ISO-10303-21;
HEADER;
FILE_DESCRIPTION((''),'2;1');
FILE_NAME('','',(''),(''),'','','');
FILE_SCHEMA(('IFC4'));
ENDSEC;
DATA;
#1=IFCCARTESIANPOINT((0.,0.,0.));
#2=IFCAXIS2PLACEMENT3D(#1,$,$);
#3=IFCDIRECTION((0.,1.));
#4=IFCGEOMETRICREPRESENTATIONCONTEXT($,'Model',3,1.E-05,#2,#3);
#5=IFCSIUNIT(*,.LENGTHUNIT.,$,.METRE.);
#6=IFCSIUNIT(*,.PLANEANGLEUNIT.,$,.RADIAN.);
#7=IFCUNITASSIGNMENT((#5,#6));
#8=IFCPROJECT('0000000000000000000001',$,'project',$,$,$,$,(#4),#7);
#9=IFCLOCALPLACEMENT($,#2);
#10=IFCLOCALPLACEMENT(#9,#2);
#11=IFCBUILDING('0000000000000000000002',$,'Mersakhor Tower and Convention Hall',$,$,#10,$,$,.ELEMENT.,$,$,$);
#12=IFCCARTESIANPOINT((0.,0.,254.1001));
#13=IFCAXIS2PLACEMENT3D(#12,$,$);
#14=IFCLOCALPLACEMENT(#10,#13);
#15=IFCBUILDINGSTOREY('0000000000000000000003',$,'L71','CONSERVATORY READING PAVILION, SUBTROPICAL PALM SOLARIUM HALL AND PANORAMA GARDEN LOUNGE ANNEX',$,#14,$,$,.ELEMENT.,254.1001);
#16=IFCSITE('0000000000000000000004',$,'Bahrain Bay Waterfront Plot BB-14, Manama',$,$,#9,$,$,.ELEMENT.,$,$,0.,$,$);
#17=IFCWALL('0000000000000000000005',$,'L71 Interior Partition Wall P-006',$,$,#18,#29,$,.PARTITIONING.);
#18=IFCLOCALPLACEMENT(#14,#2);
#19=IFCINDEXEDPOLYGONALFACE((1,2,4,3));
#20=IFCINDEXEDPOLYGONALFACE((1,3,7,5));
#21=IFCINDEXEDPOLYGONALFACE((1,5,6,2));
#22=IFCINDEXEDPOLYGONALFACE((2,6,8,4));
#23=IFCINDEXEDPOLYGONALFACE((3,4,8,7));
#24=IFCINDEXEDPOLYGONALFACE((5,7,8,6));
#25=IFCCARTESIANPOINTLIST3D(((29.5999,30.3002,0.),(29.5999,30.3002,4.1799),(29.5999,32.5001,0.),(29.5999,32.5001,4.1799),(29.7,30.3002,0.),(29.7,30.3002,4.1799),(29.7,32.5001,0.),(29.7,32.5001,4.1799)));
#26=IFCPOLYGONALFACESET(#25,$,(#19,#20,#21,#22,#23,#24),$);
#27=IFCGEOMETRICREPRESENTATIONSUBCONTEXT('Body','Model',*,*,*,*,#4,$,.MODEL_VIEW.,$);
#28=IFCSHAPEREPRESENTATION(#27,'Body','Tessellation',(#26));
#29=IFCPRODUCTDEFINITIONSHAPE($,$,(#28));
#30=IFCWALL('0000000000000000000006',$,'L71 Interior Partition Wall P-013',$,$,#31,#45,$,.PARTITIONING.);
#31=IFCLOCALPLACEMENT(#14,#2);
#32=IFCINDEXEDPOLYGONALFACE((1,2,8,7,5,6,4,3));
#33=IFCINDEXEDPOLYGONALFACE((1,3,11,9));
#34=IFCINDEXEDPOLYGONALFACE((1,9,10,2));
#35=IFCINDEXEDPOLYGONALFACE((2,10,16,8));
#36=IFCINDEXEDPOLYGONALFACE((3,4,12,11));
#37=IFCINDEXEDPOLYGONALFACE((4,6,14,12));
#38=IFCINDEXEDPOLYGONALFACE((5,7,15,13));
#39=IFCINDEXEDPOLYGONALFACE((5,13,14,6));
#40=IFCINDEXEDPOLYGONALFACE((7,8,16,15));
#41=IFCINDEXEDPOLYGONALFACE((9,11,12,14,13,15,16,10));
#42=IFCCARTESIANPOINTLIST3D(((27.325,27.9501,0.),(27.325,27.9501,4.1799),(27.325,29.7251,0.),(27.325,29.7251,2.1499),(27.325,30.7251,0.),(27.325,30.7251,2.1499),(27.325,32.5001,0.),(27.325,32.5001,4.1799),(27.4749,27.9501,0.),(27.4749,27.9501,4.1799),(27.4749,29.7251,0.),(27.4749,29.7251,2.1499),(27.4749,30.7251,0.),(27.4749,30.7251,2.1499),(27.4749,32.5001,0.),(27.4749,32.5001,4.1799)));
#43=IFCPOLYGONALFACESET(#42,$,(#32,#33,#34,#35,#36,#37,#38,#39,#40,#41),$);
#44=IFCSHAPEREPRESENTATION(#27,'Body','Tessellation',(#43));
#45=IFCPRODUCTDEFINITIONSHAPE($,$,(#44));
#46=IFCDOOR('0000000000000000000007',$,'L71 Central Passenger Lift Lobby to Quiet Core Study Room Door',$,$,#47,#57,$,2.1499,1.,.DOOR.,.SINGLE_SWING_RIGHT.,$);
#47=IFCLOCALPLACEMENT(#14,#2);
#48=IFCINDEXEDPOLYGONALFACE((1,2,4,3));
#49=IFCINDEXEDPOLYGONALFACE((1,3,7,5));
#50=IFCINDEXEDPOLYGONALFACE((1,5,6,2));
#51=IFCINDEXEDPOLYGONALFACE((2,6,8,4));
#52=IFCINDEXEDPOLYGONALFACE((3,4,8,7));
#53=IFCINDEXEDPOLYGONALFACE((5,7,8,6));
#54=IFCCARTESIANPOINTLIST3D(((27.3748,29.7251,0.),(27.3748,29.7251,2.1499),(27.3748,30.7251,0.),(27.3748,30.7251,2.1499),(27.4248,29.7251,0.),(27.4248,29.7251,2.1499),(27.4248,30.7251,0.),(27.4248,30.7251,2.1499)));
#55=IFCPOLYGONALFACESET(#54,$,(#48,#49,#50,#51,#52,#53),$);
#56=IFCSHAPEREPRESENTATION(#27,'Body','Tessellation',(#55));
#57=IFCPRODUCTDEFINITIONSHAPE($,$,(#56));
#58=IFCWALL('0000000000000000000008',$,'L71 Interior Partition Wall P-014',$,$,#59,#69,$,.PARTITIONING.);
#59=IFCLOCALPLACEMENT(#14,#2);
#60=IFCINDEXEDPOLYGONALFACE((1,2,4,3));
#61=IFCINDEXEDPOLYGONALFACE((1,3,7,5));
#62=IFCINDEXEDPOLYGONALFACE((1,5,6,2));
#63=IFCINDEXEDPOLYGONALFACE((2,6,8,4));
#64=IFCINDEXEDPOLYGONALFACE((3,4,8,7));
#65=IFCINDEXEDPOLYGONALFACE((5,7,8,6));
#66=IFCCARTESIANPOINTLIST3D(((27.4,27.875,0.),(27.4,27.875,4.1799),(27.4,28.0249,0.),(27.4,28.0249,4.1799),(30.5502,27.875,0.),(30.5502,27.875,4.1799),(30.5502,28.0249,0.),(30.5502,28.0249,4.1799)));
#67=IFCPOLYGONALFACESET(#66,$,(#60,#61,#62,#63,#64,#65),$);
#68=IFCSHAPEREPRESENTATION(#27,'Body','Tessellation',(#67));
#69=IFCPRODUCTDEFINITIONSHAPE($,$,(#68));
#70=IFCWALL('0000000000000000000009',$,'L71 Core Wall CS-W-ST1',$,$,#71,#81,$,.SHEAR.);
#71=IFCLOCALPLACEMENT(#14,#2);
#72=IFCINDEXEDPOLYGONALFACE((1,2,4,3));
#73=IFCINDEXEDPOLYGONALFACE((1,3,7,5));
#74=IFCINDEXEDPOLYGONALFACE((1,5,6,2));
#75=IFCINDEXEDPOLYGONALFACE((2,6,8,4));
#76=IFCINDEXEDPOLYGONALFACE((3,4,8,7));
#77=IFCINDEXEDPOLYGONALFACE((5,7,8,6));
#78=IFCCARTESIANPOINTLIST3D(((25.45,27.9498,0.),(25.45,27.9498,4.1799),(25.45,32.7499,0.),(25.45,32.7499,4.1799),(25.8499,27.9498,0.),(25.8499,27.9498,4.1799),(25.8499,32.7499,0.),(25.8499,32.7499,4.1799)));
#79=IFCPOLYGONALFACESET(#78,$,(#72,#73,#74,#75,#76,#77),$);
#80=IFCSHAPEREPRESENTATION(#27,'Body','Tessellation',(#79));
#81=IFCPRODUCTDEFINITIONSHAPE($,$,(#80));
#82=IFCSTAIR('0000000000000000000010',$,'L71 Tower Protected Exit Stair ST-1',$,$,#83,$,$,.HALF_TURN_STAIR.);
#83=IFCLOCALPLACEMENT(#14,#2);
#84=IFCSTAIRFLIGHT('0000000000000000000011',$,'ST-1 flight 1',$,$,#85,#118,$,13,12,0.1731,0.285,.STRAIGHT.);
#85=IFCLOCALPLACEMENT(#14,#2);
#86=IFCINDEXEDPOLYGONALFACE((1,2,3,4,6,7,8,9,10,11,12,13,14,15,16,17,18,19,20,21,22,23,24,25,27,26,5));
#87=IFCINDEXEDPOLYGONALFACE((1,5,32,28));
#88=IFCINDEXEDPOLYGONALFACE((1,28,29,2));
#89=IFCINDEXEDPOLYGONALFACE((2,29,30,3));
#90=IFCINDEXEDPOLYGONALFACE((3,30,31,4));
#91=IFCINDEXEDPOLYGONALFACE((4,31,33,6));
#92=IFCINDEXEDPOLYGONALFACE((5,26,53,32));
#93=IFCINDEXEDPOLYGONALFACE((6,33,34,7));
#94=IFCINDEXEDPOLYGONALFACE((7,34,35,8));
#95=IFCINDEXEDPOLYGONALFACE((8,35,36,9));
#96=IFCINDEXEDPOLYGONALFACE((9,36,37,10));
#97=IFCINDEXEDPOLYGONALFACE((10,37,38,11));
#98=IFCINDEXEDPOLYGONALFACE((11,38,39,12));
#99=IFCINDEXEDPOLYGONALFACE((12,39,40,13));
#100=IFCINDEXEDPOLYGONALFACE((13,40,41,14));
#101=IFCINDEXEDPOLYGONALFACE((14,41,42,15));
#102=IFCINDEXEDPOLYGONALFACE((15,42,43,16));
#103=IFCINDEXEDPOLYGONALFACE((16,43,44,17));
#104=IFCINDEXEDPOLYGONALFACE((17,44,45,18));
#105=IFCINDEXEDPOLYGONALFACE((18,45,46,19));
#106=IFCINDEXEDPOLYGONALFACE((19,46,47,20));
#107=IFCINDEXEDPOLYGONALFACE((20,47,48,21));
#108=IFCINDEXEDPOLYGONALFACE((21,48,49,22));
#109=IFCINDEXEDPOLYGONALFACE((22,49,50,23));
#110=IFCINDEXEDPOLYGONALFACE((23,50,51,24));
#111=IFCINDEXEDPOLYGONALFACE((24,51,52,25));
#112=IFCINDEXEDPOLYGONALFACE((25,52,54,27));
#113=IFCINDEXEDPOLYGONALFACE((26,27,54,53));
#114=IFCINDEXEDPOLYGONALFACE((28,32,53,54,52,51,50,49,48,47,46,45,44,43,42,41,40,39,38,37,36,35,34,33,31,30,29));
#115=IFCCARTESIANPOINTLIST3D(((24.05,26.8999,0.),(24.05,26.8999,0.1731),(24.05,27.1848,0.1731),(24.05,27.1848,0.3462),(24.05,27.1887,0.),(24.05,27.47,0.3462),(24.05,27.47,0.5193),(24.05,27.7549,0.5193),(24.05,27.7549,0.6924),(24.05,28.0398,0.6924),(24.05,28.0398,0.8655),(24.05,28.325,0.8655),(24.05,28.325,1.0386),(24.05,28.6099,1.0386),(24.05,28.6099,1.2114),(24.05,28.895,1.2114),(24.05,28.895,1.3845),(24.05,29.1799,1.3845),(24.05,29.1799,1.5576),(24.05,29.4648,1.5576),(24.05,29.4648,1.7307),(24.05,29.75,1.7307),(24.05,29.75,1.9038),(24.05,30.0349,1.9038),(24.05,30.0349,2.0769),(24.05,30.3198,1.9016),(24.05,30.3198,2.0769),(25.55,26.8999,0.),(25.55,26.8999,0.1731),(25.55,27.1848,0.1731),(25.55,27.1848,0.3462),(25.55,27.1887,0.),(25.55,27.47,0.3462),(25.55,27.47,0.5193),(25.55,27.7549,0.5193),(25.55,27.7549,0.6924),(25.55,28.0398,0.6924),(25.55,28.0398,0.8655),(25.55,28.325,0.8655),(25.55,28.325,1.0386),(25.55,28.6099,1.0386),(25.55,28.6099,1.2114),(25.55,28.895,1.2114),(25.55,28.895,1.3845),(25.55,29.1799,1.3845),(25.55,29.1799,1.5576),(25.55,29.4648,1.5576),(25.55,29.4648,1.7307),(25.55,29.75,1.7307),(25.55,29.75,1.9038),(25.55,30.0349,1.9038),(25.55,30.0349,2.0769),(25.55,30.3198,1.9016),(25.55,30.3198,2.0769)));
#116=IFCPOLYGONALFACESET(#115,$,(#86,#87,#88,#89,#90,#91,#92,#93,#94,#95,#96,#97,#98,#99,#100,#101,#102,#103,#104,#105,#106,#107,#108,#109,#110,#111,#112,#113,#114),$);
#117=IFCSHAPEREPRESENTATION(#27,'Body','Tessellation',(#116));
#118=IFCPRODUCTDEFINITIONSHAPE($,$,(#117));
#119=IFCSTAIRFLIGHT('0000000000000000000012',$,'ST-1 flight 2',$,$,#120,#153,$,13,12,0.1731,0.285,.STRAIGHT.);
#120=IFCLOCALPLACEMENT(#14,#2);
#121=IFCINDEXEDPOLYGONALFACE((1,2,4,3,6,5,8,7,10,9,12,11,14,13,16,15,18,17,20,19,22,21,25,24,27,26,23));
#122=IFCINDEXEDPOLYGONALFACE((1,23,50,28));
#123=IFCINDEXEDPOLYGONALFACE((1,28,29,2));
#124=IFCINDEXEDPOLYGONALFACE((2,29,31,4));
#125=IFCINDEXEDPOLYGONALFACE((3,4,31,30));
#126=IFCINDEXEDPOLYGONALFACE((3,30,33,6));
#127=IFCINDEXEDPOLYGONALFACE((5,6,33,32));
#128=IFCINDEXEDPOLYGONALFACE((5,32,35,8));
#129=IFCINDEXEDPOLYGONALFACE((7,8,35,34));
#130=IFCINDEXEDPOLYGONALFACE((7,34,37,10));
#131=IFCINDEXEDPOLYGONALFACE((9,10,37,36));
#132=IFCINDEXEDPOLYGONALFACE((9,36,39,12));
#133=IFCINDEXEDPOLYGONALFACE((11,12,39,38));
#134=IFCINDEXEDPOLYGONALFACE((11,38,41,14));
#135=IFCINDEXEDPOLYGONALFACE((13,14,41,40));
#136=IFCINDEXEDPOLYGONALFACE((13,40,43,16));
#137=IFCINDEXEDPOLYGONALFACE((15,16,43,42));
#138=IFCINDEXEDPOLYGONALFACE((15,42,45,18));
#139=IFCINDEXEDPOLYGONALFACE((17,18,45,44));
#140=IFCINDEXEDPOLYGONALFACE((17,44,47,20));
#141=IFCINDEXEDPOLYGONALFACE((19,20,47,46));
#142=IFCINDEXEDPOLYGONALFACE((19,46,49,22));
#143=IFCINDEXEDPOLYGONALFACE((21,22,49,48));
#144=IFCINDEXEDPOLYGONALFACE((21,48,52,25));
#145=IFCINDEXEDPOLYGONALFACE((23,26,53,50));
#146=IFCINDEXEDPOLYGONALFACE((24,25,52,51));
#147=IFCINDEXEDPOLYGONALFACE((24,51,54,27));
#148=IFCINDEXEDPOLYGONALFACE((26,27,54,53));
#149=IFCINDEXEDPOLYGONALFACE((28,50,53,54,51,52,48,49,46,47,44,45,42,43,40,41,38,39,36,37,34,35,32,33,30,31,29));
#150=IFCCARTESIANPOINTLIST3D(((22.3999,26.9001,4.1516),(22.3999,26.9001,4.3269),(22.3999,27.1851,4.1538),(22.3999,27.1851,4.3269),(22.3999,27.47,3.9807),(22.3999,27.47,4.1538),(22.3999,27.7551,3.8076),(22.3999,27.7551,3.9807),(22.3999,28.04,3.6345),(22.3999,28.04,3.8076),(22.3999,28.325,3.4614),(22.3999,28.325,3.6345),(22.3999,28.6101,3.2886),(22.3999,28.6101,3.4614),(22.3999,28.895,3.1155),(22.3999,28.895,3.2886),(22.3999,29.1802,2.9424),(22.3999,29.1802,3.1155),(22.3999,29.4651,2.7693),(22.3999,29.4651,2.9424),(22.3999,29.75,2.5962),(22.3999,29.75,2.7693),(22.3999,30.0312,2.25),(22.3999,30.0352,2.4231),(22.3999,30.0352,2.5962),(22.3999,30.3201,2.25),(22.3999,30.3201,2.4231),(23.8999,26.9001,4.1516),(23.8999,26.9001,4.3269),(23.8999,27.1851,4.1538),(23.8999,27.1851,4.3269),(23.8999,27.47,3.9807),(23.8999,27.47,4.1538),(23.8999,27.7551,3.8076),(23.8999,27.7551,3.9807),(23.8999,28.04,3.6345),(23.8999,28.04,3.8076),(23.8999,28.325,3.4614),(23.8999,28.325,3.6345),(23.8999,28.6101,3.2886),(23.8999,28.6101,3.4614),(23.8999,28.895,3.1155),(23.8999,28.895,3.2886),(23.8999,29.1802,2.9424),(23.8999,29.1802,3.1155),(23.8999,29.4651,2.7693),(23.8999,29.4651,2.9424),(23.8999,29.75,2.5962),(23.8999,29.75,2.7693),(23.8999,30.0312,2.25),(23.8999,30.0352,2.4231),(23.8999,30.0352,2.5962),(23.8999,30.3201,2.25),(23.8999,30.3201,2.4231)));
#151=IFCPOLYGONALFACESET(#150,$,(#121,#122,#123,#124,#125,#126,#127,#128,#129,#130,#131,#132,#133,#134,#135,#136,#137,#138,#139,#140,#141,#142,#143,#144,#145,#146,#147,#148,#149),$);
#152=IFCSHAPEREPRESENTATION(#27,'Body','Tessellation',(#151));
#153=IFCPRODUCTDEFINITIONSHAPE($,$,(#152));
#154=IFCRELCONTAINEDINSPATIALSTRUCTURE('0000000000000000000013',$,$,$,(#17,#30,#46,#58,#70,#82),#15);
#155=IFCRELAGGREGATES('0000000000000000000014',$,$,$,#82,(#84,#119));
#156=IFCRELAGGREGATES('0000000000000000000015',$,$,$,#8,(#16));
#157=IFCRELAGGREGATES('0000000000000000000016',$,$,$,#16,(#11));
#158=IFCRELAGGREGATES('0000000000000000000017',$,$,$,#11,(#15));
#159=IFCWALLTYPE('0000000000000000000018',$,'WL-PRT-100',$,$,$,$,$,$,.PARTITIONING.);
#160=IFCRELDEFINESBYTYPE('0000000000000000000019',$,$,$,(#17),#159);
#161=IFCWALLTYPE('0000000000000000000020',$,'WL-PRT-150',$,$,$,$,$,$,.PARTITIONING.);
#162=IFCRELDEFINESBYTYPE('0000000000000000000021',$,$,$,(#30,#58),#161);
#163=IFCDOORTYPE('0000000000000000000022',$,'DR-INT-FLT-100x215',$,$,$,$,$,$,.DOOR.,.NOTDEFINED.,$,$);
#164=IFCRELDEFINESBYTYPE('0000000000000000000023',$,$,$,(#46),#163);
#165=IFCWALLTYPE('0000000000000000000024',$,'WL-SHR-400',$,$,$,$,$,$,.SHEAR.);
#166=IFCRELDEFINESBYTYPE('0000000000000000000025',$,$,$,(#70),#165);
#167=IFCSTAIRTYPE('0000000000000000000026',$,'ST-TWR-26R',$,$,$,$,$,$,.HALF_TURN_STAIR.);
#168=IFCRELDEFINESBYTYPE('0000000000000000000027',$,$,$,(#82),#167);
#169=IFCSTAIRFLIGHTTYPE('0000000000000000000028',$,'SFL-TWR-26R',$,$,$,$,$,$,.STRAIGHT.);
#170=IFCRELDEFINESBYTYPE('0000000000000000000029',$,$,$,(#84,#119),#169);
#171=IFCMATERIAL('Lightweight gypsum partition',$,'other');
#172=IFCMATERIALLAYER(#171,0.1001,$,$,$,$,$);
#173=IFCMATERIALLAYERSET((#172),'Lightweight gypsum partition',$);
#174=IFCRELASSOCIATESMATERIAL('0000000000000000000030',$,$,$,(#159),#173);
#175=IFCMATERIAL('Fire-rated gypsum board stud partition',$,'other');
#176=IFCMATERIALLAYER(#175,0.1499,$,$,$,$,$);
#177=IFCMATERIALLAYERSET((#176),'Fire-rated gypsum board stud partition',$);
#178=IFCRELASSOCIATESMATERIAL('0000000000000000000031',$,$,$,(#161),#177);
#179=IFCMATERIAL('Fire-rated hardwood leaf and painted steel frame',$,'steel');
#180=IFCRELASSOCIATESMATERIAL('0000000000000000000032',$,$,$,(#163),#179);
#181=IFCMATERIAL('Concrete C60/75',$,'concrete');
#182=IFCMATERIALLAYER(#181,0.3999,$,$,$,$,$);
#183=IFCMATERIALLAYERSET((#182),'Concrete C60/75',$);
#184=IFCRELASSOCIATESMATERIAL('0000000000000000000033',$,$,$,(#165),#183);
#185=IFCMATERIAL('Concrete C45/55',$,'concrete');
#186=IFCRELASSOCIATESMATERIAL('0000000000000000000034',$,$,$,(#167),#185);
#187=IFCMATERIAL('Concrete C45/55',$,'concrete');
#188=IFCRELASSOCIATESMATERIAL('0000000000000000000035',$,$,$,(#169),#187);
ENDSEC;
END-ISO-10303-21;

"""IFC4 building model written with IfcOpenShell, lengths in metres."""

from ifc_helpers import new_model, si_unit, direction, frame, frame_2d, origin, place, context, subcontext, project, spatial, polyline, rectangle, outline, extrude, material, layer, layer_set, type_object, element, fill, aggregate, save


model = new_model("IFC4")

# Units and contexts
model_context = context("Model", 3, precision=1e-05, world=origin(), true_north=direction((0.0, 1.0)))
body_context = subcontext(model_context, "Body", "Model", "MODEL_VIEW")
ifc_project = project(units=[si_unit("LENGTHUNIT", "METRE"), si_unit("PLANEANGLEUNIT", "RADIAN")], contexts=[model_context])

# Site, building, storey
site_placement = place(None, origin())
site = spatial("IfcSite", under=ifc_project, at=site_placement, Name="Bahrain Bay Waterfront Plot BB-14, Manama", CompositionType="ELEMENT", RefElevation=0.0)
building_placement = place(site_placement, origin())
building = spatial("IfcBuilding", under=site, at=building_placement, Name="Mersakhor Tower and Convention Hall", CompositionType="ELEMENT")
storey_placement = place(building_placement, frame((0.0, 0.0, 254.1001)))
storey = spatial("IfcBuildingStorey", under=building, at=storey_placement, Name="L71", Description="CONSERVATORY READING PAVILION, SUBTROPICAL PALM SOLARIUM HALL AND PANORAMA GARDEN LOUNGE ANNEX", CompositionType="ELEMENT", Elevation=254.1001)

# Wall
ifc_material_1 = material(Name="Lightweight gypsum partition", Category="other")
ifc_layer_1 = layer(ifc_material_1, 0.1001)
ifc_layer_set_1 = layer_set([ifc_layer_1], Name="Lightweight gypsum partition")
wall_type_1 = type_object("IfcWallType", Name="WL-PRT-100", PredefinedType="PARTITIONING", material=ifc_layer_set_1)
wall_1_placement = place(storey_placement, frame((29.6499, 30.3, 0.0), z_axis=(0.0, 0.0, 1.0), x_axis=(0.0, 1.0, 0.0)))
element("IfcWall", 1, at=wall_1_placement, inside=storey, type_object=wall_type_1, Name="L71 Interior Partition Wall P-006", PredefinedType="PARTITIONING", context=body_context, shape_type="SweptSolid", body=[
    extrude(rectangle(XDim=2.2, YDim=0.1001, at=frame_2d((1.1001, 0.0))), origin(), (0.0, 0.0, 1.0), 4.1799),
])

# Wall, opening, door
ifc_material_2 = material(Name="Fire-rated gypsum board stud partition", Category="other")
ifc_layer_2 = layer(ifc_material_2, 0.1499)
ifc_layer_set_2 = layer_set([ifc_layer_2], Name="Fire-rated gypsum board stud partition")
wall_type_2 = type_object("IfcWallType", Name="WL-PRT-150", PredefinedType="PARTITIONING", material=ifc_layer_set_2)
wall_2_placement = place(storey_placement, frame((27.3999, 32.5, 0.0), z_axis=(0.0, 0.0, 1.0), x_axis=(0.0, -1.0, 0.0)))
wall_2 = element("IfcWall", 2, at=wall_2_placement, inside=storey, type_object=wall_type_2, Name="L71 Interior Partition Wall P-013", PredefinedType="PARTITIONING", context=body_context, shape_type="SweptSolid", body=[
    extrude(rectangle(XDim=4.55, YDim=0.1499, at=frame_2d((2.2749, 0.0))), origin(), (0.0, 0.0, 1.0), 4.1799),
])
opening_1_placement = place(wall_2_placement, frame((1.7749, 0.0, 0.0)))
opening_1 = element("IfcOpeningElement", 3, at=opening_1_placement, cuts=wall_2, PredefinedType="OPENING", context=body_context, shape_type="SweptSolid", body=[
    extrude(rectangle(XDim=1.0, YDim=2.1499, at=frame_2d((0.5, 1.075))), frame((0.0, 0.085, 0.0), z_axis=(0.0, -1.0, 0.0), x_axis=(1.0, 0.0, 0.0)), (0.0, 0.0, 1.0), 0.1699),
])
ifc_material_3 = material(Name="Fire-rated hardwood leaf and painted steel frame", Category="steel")
door_type_1 = type_object("IfcDoorType", Name="DR-INT-FLT-100x215", OperationType="NOTDEFINED", PredefinedType="DOOR", material=ifc_material_3)
door_1_placement = place(opening_1_placement, origin())
door_1 = element("IfcDoor", 4, at=door_1_placement, inside=storey, type_object=door_type_1, Name="L71 Central Passenger Lift Lobby to Quiet Core Study Room Door", OperationType="SINGLE_SWING_RIGHT", OverallHeight=2.1499, OverallWidth=1.0, PredefinedType="DOOR", context=body_context, shape_type="SweptSolid", body=[
    extrude(rectangle(XDim=1.0, YDim=2.1499, at=frame_2d((0.5, 1.075))), frame((0.0, 0.0249, 0.0), z_axis=(0.0, -1.0, 0.0), x_axis=(1.0, 0.0, 0.0)), (0.0, 0.0, 1.0), 0.05),
])
fill(opening_1, door_1)

# Wall
wall_3_placement = place(storey_placement, frame((27.3999, 27.95, 0.0), z_axis=(0.0, 0.0, 1.0), x_axis=(1.0, 0.0, 0.0)))
element("IfcWall", 5, at=wall_3_placement, inside=storey, type_object=wall_type_2, Name="L71 Interior Partition Wall P-014", PredefinedType="PARTITIONING", context=body_context, shape_type="SweptSolid", body=[
    extrude(rectangle(XDim=3.1501, YDim=0.1499, at=frame_2d((1.5752, 0.0))), origin(), (0.0, 0.0, 1.0), 4.1799),
])

# Shared definitions
ifc_material_4 = material(Name="Concrete C60/75", Category="concrete")
ifc_layer_3 = layer(ifc_material_4, 0.3999)
ifc_layer_set_3 = layer_set([ifc_layer_3], Name="Concrete C60/75")
wall_type_3 = type_object("IfcWallType", Name="WL-SHR-400", PredefinedType="SHEAR", material=ifc_layer_set_3)

# Wall
wall_4_placement = place(storey_placement, frame((25.6499, 27.95, 0.0), z_axis=(0.0, 0.0, 1.0), x_axis=(0.0, 1.0, 0.0)))
element("IfcWall", 6, at=wall_4_placement, inside=storey, type_object=wall_type_3, Name="L71 Core Wall CS-W-ST1", PredefinedType="SHEAR", context=body_context, shape_type="SweptSolid", body=[
    extrude(rectangle(XDim=4.8, YDim=0.3999, at=frame_2d((2.3999, 0.0))), origin(), (0.0, 0.0, 1.0), 4.1799),
])

# Stair, stair flights
ifc_material_5 = material(Name="Concrete C45/55", Category="concrete")
stair_type = type_object("IfcStairType", Name="ST-TWR-26R", PredefinedType="HALF_TURN_STAIR", material=ifc_material_5)
stair_placement = place(storey_placement, origin())
stair = element("IfcStair", 7, at=stair_placement, inside=storey, type_object=stair_type, Name="L71 Tower Protected Exit Stair ST-1", PredefinedType="HALF_TURN_STAIR")
ifc_material_6 = material(Name="Concrete C45/55", Category="concrete")
stair_flight_type = type_object("IfcStairFlightType", Name="SFL-TWR-26R", PredefinedType="STRAIGHT", material=ifc_material_6)
stair_flight_1_placement = place(storey_placement, frame((24.8, 26.8999, 0.0), z_axis=(0.0, 0.0, 1.0), x_axis=(0.0, 1.0, 0.0)))
stair_flight_1 = element("IfcStairFlight", 8, at=stair_flight_1_placement, type_object=stair_flight_type, Name="ST-1 flight 1", NumberOfRisers=13, NumberOfTreads=12, PredefinedType="STRAIGHT", RiserHeight=0.1731, TreadLength=0.285, context=body_context, shape_type="SweptSolid", body=[
    extrude(outline(polyline([(0.0, 0.0), (0.0, 0.1731), (0.2849, 0.1731), (0.2849, 0.3462), (0.5701, 0.3462), (0.5701, 0.5193), (0.855, 0.5193), (0.855, 0.6924), (1.1399, 0.6924), (1.1399, 0.8655), (1.425, 0.8655), (1.425, 1.0386), (1.71, 1.0386), (1.71, 1.2114), (1.9951, 1.2114), (1.9951, 1.3845), (2.28, 1.3845), (2.28, 1.5576), (2.5649, 1.5576), (2.5649, 1.7307), (2.8501, 1.7307), (2.8501, 1.9038), (3.135, 1.9038), (3.135, 2.0769), (3.4199, 2.0769), (3.4199, 2.25), (3.4199, 1.9016), (0.2888, 0.0), (0.0, 0.0)])), frame((0.0, 0.75, 0.0), z_axis=(0.0, -1.0, 0.0), x_axis=(1.0, 0.0, 0.0)), (0.0, 0.0, 1.0), 1.5),
])
stair_flight_2_placement = place(storey_placement, frame((23.1499, 30.3201, 2.25), z_axis=(0.0, 0.0, 1.0), x_axis=(0.0, -1.0, 0.0)))
stair_flight_2 = element("IfcStairFlight", 9, at=stair_flight_2_placement, type_object=stair_flight_type, Name="ST-1 flight 2", NumberOfRisers=13, NumberOfTreads=12, PredefinedType="STRAIGHT", RiserHeight=0.1731, TreadLength=0.285, context=body_context, shape_type="SweptSolid", body=[
    extrude(outline(polyline([(0.0, 0.0), (0.0, 0.1731), (0.2849, 0.1731), (0.2849, 0.3462), (0.5701, 0.3462), (0.5701, 0.5193), (0.855, 0.5193), (0.855, 0.6924), (1.1399, 0.6924), (1.1399, 0.8655), (1.425, 0.8655), (1.425, 1.0386), (1.71, 1.0386), (1.71, 1.2114), (1.9951, 1.2114), (1.9951, 1.3845), (2.28, 1.3845), (2.28, 1.5576), (2.5649, 1.5576), (2.5649, 1.7307), (2.8501, 1.7307), (2.8501, 1.9038), (3.135, 1.9038), (3.135, 2.0769), (3.4199, 2.0769), (3.4199, 2.25), (3.4199, 1.9016), (0.2888, 0.0), (0.0, 0.0)])), frame((0.0, 0.75, 0.0), z_axis=(0.0, -1.0, 0.0), x_axis=(1.0, 0.0, 0.0)), (0.0, 0.0, 1.0), 1.5),
])
aggregate(stair, [stair_flight_1, stair_flight_2])

save(model, "model.ifc")
